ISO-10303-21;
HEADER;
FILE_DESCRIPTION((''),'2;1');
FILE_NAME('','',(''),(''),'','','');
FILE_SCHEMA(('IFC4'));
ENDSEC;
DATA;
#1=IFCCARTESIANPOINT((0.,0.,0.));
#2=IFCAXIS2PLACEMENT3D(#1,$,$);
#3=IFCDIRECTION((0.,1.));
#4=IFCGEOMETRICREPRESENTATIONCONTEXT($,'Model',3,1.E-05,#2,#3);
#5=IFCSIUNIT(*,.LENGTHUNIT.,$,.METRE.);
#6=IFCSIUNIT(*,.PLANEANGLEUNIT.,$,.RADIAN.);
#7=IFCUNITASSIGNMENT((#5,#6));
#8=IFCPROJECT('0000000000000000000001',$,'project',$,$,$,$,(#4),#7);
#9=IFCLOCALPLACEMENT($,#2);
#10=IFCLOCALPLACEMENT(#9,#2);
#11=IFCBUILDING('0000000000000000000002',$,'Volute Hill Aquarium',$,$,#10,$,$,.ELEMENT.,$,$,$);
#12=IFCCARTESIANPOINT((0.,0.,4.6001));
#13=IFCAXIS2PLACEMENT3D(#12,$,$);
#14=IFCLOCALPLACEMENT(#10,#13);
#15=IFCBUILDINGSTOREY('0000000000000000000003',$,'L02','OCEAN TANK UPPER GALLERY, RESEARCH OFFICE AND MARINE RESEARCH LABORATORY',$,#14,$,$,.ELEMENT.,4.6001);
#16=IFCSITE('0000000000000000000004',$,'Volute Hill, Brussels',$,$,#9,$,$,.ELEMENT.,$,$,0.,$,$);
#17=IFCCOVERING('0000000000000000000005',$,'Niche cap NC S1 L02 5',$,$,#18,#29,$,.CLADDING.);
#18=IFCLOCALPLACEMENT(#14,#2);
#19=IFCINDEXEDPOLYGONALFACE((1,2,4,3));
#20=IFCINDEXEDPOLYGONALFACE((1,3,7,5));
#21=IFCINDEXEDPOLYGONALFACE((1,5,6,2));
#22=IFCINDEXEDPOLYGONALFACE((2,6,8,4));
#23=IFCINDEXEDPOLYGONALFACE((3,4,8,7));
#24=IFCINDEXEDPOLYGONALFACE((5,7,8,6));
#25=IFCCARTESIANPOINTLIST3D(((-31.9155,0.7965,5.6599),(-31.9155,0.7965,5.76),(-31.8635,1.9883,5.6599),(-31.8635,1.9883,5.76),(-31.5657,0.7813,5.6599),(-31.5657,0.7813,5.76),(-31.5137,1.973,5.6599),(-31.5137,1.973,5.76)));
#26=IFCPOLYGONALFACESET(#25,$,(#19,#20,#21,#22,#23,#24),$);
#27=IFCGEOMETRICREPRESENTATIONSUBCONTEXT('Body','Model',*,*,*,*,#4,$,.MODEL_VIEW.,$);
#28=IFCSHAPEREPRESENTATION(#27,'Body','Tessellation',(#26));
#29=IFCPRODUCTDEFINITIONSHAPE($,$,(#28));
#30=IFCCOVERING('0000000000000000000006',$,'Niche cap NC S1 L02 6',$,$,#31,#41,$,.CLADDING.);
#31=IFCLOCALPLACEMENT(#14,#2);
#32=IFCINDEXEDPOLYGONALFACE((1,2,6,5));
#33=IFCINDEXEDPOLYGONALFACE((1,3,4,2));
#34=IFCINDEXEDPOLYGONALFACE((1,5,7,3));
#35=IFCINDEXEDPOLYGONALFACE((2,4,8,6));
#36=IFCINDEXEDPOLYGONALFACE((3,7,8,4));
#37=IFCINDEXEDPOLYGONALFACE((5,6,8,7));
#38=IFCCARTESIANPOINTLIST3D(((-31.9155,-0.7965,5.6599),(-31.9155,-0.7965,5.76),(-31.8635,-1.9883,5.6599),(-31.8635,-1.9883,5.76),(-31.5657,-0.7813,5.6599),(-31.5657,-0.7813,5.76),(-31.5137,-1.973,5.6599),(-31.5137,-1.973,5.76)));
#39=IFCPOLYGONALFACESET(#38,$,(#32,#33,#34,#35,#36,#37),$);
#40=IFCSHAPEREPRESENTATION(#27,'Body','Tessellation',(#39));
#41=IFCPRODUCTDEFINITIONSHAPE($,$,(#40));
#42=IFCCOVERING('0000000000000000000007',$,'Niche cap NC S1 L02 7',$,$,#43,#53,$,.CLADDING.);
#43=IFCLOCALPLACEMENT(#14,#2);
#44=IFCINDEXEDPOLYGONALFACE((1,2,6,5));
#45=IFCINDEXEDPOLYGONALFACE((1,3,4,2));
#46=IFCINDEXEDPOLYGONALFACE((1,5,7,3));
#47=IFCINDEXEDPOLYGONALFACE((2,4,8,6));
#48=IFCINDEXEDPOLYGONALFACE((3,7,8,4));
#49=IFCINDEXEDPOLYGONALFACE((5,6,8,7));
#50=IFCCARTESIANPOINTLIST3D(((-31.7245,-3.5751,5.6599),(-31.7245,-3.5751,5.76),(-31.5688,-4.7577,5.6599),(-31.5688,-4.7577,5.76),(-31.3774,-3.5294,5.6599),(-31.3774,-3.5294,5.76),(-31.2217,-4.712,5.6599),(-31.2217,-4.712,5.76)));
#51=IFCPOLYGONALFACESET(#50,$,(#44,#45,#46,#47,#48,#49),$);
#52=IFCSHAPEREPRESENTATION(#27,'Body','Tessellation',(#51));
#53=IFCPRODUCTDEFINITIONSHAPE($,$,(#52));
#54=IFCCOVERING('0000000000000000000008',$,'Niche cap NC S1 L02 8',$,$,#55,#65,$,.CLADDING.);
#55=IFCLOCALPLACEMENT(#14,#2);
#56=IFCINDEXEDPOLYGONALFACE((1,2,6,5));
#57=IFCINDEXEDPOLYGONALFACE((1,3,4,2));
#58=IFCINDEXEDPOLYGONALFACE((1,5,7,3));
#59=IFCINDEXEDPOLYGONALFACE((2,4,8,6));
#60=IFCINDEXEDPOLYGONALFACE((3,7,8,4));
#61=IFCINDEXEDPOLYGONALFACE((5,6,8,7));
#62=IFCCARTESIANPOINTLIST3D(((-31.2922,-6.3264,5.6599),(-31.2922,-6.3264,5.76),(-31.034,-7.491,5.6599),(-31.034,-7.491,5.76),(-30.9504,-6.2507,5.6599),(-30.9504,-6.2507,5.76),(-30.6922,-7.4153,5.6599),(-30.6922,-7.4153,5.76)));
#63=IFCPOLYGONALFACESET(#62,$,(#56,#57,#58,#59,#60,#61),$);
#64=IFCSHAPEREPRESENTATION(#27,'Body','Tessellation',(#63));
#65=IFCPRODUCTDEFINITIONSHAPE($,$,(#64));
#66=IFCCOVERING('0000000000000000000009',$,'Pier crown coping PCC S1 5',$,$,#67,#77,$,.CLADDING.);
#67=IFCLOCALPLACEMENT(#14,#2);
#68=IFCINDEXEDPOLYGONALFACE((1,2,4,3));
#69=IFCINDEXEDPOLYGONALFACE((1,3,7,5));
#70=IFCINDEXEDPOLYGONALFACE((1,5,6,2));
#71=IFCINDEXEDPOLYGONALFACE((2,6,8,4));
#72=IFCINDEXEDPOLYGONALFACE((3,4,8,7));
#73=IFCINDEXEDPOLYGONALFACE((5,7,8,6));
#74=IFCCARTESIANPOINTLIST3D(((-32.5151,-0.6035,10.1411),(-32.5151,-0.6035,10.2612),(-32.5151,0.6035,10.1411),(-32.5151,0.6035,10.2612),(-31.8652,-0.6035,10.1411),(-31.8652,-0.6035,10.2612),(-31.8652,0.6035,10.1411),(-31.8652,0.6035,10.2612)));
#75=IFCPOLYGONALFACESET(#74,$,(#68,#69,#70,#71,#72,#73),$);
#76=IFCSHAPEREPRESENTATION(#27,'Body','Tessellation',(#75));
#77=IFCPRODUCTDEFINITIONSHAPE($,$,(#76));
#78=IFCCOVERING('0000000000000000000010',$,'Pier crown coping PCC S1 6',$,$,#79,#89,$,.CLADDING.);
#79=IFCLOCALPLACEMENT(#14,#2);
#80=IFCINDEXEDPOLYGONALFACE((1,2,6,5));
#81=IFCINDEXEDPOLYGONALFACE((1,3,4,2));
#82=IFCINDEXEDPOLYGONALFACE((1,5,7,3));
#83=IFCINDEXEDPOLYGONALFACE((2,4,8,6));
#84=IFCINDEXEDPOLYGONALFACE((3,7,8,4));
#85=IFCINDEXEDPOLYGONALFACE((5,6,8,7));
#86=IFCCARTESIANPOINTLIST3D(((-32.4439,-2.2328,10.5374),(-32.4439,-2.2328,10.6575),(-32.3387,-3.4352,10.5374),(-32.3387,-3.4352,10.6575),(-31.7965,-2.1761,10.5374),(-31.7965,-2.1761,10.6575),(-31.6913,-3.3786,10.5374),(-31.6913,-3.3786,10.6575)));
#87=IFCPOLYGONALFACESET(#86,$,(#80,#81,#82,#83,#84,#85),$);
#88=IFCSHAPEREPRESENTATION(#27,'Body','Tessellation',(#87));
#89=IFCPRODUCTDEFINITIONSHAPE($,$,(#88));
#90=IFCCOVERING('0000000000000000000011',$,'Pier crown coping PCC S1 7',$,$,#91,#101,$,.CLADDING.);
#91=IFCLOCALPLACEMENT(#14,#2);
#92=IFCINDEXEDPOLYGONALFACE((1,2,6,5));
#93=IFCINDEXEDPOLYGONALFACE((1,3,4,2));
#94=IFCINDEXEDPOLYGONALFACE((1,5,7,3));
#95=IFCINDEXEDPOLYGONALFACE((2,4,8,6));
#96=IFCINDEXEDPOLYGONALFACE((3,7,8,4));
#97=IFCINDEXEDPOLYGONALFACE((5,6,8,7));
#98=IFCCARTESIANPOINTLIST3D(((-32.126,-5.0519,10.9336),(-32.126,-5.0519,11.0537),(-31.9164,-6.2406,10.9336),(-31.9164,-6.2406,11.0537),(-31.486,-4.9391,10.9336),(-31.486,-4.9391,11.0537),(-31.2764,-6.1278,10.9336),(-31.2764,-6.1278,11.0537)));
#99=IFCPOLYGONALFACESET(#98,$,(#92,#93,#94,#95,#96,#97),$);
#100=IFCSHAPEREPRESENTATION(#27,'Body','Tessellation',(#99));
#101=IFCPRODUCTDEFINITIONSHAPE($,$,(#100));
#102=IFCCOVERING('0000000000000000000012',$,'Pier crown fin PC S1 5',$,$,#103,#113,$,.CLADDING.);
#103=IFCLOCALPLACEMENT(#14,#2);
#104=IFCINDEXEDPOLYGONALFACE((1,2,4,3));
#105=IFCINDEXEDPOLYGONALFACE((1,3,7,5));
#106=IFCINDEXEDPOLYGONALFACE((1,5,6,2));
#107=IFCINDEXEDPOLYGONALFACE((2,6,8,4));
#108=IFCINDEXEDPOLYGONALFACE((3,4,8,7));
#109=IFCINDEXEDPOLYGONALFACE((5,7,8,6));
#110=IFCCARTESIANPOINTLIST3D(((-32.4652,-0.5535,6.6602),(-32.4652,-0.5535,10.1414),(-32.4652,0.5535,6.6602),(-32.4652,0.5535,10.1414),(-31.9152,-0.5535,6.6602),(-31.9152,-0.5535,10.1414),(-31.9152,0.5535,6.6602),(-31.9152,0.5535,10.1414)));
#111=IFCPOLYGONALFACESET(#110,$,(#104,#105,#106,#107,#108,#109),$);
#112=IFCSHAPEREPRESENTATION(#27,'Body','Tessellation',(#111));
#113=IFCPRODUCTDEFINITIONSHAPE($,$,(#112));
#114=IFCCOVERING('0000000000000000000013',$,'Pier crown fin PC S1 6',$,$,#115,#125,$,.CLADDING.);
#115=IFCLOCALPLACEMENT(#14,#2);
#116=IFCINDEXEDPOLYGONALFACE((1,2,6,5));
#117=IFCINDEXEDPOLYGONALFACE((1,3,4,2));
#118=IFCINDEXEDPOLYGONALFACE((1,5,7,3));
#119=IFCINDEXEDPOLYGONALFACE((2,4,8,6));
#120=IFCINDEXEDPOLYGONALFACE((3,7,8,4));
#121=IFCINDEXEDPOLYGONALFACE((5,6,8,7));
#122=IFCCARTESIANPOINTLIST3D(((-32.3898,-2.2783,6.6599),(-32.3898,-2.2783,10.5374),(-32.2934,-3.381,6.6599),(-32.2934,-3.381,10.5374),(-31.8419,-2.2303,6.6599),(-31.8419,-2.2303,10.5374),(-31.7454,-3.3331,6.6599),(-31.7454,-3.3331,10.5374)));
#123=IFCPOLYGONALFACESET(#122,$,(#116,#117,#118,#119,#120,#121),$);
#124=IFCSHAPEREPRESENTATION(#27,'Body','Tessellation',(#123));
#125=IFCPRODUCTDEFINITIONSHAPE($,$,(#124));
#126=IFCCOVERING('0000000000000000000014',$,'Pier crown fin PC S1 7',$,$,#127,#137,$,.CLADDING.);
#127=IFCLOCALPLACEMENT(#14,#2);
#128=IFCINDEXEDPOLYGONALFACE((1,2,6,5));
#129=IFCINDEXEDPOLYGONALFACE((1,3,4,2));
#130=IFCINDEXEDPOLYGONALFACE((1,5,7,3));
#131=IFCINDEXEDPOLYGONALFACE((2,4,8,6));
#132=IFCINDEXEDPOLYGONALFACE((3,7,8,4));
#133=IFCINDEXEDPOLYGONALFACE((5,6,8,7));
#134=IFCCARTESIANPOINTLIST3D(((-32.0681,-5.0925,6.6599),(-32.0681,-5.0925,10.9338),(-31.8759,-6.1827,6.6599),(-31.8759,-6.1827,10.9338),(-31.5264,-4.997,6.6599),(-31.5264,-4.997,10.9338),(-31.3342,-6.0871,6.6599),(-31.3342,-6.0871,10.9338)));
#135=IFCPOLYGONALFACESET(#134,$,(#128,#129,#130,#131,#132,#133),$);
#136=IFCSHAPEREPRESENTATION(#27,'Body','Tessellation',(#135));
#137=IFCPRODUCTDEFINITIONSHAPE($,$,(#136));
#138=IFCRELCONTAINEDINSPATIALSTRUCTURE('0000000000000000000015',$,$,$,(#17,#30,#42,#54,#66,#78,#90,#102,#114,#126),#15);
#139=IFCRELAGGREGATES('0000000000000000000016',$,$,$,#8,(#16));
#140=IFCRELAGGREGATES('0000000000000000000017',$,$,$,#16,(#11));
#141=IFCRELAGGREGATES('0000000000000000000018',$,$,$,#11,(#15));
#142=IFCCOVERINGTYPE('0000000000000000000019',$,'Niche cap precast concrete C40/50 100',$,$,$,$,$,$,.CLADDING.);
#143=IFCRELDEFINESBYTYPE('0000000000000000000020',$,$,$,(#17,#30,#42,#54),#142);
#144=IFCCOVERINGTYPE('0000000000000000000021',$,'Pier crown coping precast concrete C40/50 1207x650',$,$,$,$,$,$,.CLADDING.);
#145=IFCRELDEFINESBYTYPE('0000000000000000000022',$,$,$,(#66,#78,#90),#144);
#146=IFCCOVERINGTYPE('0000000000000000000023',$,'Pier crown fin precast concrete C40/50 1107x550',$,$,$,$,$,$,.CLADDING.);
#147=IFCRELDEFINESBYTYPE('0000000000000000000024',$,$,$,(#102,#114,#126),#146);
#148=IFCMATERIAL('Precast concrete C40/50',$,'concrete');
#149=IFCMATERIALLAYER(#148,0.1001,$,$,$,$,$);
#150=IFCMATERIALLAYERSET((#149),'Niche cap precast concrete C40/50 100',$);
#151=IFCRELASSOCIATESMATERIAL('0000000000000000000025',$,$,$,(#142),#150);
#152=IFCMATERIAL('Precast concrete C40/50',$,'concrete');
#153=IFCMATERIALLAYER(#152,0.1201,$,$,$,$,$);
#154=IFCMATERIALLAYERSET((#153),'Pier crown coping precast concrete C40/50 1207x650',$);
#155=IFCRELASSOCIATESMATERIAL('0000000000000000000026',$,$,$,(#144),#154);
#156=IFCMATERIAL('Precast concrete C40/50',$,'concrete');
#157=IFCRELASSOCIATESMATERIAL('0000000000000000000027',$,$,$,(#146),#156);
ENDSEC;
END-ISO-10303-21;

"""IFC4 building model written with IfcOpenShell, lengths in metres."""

from ifc_helpers import new_model, si_unit, direction, frame, origin, origin_2d, place, context, subcontext, project, spatial, rectangle, extrude, material, layer, layer_set, type_object, element, save


model = new_model("IFC4")

# Units and contexts
model_context = context("Model", 3, precision=1e-05, world=origin(), true_north=direction((0.0, 1.0)))
body_context = subcontext(model_context, "Body", "Model", "MODEL_VIEW")
ifc_project = project(units=[si_unit("LENGTHUNIT", "METRE"), si_unit("PLANEANGLEUNIT", "RADIAN")], contexts=[model_context])

# Site, building, storey
site_placement = place(None, origin())
site = spatial("IfcSite", under=ifc_project, at=site_placement, Name="Volute Hill, Brussels", CompositionType="ELEMENT", RefElevation=0.0)
building_placement = place(site_placement, origin())
building = spatial("IfcBuilding", under=site, at=building_placement, Name="Volute Hill Aquarium", CompositionType="ELEMENT")
storey_placement = place(building_placement, frame((0.0, 0.0, 4.6001)))
storey = spatial("IfcBuildingStorey", under=building, at=storey_placement, Name="L02", Description="OCEAN TANK UPPER GALLERY, RESEARCH OFFICE AND MARINE RESEARCH LABORATORY", CompositionType="ELEMENT", Elevation=4.6001)

# Coverings
ifc_material_1 = material(Name="Precast concrete C40/50", Category="concrete")
ifc_layer_1 = layer(ifc_material_1, 0.1001)
ifc_layer_set_1 = layer_set([ifc_layer_1], Name="Niche cap precast concrete C40/50 100")
covering_type_1 = type_object("IfcCoveringType", Name="Niche cap precast concrete C40/50 100", PredefinedType="CLADDING", material=ifc_layer_set_1)
for number, where, z_axis, x_axis, name in (
    (1, (-31.7146, 1.3848, 5.6599), (0.0, 0.0, 1.0), (-0.043616, -0.999048, 0.0), "Niche cap NC S1 L02 5"),
    (2, (-31.7146, -1.3848, 5.6599), (0.0, 0.0, 1.0), (0.043616, -0.999048, 0.0), "Niche cap NC S1 L02 6"),
    (3, (-31.4731, -4.1436, 5.6599), (0.0, 0.0, 1.0), (0.130527, -0.991445, 0.0), "Niche cap NC S1 L02 7"),
    (4, (-30.9922, -6.8708, 5.6599), (0.0, 0.0, 1.0), (0.216461, -0.976291, 0.0), "Niche cap NC S1 L02 8"),
):
    element("IfcCovering", number, at=place(storey_placement, frame(where, z_axis=z_axis, x_axis=x_axis)), inside=storey, type_object=covering_type_1, Name=name, PredefinedType="CLADDING", context=body_context, shape_type="SweptSolid", body=[
        extrude(rectangle(XDim=1.1929, YDim=0.3501, at=origin_2d()), origin(), (0.0, 0.0, 1.0), 0.1001),
    ])
ifc_material_2 = material(Name="Precast concrete C40/50", Category="concrete")
ifc_layer_2 = layer(ifc_material_2, 0.1201)
ifc_layer_set_2 = layer_set([ifc_layer_2], Name="Pier crown coping precast concrete C40/50 1207x650")
covering_type_2 = type_object("IfcCoveringType", Name="Pier crown coping precast concrete C40/50 1207x650", PredefinedType="CLADDING", material=ifc_layer_set_2)
for number, where, z_axis, x_axis, name in (
    (5, (-32.1902, 0.0, 10.1411), (0.0, 0.0, 1.0), (0.0, -1.0, 0.0), "Pier crown coping PCC S1 5"),
    (6, (-32.0676, -2.8057, 10.5374), (0.0, 0.0, 1.0), (0.087156, -0.996195, 0.0), "Pier crown coping PCC S1 6"),
    (7, (-31.7012, -5.5898, 10.9336), (0.0, 0.0, 1.0), (0.173648, -0.984808, 0.0), "Pier crown coping PCC S1 7"),
):
    element("IfcCovering", number, at=place(storey_placement, frame(where, z_axis=z_axis, x_axis=x_axis)), inside=storey, type_object=covering_type_2, Name=name, PredefinedType="CLADDING", context=body_context, shape_type="SweptSolid", body=[
        extrude(rectangle(XDim=1.207, YDim=0.6499, at=origin_2d()), origin(), (0.0, 0.0, 1.0), 0.1201),
    ])
ifc_material_3 = material(Name="Precast concrete C40/50", Category="concrete")
covering_type_3 = type_object("IfcCoveringType", Name="Pier crown fin precast concrete C40/50 1107x550", PredefinedType="CLADDING", material=ifc_material_3)
covering_1_placement = place(storey_placement, frame((-32.1902, 0.0, 6.6602), z_axis=(0.0, 0.0, 1.0), x_axis=(0.0, -1.0, 0.0)))
element("IfcCovering", 8, at=covering_1_placement, inside=storey, type_object=covering_type_3, Name="Pier crown fin PC S1 5", PredefinedType="CLADDING", context=body_context, shape_type="SweptSolid", body=[
    extrude(rectangle(XDim=1.1069, YDim=0.55, at=origin_2d()), origin(), (0.0, 0.0, 1.0), 3.4812),
])
covering_2_placement = place(storey_placement, frame((-32.0676, -2.8057, 6.6599), z_axis=(0.0, 0.0, 1.0), x_axis=(0.087156, -0.996195, 0.0)))
element("IfcCovering", 9, at=covering_2_placement, inside=storey, type_object=covering_type_3, Name="Pier crown fin PC S1 6", PredefinedType="CLADDING", context=body_context, shape_type="SweptSolid", body=[
    extrude(rectangle(XDim=1.1069, YDim=0.55, at=origin_2d()), origin(), (0.0, 0.0, 1.0), 3.8774),
])
covering_3_placement = place(storey_placement, frame((-31.7012, -5.5898, 6.6599), z_axis=(0.0, 0.0, 1.0), x_axis=(0.173648, -0.984808, 0.0)))
element("IfcCovering", 10, at=covering_3_placement, inside=storey, type_object=covering_type_3, Name="Pier crown fin PC S1 7", PredefinedType="CLADDING", context=body_context, shape_type="SweptSolid", body=[
    extrude(rectangle(XDim=1.1069, YDim=0.55, at=origin_2d()), origin(), (0.0, 0.0, 1.0), 4.2739),
])

save(model, "model.ifc")
